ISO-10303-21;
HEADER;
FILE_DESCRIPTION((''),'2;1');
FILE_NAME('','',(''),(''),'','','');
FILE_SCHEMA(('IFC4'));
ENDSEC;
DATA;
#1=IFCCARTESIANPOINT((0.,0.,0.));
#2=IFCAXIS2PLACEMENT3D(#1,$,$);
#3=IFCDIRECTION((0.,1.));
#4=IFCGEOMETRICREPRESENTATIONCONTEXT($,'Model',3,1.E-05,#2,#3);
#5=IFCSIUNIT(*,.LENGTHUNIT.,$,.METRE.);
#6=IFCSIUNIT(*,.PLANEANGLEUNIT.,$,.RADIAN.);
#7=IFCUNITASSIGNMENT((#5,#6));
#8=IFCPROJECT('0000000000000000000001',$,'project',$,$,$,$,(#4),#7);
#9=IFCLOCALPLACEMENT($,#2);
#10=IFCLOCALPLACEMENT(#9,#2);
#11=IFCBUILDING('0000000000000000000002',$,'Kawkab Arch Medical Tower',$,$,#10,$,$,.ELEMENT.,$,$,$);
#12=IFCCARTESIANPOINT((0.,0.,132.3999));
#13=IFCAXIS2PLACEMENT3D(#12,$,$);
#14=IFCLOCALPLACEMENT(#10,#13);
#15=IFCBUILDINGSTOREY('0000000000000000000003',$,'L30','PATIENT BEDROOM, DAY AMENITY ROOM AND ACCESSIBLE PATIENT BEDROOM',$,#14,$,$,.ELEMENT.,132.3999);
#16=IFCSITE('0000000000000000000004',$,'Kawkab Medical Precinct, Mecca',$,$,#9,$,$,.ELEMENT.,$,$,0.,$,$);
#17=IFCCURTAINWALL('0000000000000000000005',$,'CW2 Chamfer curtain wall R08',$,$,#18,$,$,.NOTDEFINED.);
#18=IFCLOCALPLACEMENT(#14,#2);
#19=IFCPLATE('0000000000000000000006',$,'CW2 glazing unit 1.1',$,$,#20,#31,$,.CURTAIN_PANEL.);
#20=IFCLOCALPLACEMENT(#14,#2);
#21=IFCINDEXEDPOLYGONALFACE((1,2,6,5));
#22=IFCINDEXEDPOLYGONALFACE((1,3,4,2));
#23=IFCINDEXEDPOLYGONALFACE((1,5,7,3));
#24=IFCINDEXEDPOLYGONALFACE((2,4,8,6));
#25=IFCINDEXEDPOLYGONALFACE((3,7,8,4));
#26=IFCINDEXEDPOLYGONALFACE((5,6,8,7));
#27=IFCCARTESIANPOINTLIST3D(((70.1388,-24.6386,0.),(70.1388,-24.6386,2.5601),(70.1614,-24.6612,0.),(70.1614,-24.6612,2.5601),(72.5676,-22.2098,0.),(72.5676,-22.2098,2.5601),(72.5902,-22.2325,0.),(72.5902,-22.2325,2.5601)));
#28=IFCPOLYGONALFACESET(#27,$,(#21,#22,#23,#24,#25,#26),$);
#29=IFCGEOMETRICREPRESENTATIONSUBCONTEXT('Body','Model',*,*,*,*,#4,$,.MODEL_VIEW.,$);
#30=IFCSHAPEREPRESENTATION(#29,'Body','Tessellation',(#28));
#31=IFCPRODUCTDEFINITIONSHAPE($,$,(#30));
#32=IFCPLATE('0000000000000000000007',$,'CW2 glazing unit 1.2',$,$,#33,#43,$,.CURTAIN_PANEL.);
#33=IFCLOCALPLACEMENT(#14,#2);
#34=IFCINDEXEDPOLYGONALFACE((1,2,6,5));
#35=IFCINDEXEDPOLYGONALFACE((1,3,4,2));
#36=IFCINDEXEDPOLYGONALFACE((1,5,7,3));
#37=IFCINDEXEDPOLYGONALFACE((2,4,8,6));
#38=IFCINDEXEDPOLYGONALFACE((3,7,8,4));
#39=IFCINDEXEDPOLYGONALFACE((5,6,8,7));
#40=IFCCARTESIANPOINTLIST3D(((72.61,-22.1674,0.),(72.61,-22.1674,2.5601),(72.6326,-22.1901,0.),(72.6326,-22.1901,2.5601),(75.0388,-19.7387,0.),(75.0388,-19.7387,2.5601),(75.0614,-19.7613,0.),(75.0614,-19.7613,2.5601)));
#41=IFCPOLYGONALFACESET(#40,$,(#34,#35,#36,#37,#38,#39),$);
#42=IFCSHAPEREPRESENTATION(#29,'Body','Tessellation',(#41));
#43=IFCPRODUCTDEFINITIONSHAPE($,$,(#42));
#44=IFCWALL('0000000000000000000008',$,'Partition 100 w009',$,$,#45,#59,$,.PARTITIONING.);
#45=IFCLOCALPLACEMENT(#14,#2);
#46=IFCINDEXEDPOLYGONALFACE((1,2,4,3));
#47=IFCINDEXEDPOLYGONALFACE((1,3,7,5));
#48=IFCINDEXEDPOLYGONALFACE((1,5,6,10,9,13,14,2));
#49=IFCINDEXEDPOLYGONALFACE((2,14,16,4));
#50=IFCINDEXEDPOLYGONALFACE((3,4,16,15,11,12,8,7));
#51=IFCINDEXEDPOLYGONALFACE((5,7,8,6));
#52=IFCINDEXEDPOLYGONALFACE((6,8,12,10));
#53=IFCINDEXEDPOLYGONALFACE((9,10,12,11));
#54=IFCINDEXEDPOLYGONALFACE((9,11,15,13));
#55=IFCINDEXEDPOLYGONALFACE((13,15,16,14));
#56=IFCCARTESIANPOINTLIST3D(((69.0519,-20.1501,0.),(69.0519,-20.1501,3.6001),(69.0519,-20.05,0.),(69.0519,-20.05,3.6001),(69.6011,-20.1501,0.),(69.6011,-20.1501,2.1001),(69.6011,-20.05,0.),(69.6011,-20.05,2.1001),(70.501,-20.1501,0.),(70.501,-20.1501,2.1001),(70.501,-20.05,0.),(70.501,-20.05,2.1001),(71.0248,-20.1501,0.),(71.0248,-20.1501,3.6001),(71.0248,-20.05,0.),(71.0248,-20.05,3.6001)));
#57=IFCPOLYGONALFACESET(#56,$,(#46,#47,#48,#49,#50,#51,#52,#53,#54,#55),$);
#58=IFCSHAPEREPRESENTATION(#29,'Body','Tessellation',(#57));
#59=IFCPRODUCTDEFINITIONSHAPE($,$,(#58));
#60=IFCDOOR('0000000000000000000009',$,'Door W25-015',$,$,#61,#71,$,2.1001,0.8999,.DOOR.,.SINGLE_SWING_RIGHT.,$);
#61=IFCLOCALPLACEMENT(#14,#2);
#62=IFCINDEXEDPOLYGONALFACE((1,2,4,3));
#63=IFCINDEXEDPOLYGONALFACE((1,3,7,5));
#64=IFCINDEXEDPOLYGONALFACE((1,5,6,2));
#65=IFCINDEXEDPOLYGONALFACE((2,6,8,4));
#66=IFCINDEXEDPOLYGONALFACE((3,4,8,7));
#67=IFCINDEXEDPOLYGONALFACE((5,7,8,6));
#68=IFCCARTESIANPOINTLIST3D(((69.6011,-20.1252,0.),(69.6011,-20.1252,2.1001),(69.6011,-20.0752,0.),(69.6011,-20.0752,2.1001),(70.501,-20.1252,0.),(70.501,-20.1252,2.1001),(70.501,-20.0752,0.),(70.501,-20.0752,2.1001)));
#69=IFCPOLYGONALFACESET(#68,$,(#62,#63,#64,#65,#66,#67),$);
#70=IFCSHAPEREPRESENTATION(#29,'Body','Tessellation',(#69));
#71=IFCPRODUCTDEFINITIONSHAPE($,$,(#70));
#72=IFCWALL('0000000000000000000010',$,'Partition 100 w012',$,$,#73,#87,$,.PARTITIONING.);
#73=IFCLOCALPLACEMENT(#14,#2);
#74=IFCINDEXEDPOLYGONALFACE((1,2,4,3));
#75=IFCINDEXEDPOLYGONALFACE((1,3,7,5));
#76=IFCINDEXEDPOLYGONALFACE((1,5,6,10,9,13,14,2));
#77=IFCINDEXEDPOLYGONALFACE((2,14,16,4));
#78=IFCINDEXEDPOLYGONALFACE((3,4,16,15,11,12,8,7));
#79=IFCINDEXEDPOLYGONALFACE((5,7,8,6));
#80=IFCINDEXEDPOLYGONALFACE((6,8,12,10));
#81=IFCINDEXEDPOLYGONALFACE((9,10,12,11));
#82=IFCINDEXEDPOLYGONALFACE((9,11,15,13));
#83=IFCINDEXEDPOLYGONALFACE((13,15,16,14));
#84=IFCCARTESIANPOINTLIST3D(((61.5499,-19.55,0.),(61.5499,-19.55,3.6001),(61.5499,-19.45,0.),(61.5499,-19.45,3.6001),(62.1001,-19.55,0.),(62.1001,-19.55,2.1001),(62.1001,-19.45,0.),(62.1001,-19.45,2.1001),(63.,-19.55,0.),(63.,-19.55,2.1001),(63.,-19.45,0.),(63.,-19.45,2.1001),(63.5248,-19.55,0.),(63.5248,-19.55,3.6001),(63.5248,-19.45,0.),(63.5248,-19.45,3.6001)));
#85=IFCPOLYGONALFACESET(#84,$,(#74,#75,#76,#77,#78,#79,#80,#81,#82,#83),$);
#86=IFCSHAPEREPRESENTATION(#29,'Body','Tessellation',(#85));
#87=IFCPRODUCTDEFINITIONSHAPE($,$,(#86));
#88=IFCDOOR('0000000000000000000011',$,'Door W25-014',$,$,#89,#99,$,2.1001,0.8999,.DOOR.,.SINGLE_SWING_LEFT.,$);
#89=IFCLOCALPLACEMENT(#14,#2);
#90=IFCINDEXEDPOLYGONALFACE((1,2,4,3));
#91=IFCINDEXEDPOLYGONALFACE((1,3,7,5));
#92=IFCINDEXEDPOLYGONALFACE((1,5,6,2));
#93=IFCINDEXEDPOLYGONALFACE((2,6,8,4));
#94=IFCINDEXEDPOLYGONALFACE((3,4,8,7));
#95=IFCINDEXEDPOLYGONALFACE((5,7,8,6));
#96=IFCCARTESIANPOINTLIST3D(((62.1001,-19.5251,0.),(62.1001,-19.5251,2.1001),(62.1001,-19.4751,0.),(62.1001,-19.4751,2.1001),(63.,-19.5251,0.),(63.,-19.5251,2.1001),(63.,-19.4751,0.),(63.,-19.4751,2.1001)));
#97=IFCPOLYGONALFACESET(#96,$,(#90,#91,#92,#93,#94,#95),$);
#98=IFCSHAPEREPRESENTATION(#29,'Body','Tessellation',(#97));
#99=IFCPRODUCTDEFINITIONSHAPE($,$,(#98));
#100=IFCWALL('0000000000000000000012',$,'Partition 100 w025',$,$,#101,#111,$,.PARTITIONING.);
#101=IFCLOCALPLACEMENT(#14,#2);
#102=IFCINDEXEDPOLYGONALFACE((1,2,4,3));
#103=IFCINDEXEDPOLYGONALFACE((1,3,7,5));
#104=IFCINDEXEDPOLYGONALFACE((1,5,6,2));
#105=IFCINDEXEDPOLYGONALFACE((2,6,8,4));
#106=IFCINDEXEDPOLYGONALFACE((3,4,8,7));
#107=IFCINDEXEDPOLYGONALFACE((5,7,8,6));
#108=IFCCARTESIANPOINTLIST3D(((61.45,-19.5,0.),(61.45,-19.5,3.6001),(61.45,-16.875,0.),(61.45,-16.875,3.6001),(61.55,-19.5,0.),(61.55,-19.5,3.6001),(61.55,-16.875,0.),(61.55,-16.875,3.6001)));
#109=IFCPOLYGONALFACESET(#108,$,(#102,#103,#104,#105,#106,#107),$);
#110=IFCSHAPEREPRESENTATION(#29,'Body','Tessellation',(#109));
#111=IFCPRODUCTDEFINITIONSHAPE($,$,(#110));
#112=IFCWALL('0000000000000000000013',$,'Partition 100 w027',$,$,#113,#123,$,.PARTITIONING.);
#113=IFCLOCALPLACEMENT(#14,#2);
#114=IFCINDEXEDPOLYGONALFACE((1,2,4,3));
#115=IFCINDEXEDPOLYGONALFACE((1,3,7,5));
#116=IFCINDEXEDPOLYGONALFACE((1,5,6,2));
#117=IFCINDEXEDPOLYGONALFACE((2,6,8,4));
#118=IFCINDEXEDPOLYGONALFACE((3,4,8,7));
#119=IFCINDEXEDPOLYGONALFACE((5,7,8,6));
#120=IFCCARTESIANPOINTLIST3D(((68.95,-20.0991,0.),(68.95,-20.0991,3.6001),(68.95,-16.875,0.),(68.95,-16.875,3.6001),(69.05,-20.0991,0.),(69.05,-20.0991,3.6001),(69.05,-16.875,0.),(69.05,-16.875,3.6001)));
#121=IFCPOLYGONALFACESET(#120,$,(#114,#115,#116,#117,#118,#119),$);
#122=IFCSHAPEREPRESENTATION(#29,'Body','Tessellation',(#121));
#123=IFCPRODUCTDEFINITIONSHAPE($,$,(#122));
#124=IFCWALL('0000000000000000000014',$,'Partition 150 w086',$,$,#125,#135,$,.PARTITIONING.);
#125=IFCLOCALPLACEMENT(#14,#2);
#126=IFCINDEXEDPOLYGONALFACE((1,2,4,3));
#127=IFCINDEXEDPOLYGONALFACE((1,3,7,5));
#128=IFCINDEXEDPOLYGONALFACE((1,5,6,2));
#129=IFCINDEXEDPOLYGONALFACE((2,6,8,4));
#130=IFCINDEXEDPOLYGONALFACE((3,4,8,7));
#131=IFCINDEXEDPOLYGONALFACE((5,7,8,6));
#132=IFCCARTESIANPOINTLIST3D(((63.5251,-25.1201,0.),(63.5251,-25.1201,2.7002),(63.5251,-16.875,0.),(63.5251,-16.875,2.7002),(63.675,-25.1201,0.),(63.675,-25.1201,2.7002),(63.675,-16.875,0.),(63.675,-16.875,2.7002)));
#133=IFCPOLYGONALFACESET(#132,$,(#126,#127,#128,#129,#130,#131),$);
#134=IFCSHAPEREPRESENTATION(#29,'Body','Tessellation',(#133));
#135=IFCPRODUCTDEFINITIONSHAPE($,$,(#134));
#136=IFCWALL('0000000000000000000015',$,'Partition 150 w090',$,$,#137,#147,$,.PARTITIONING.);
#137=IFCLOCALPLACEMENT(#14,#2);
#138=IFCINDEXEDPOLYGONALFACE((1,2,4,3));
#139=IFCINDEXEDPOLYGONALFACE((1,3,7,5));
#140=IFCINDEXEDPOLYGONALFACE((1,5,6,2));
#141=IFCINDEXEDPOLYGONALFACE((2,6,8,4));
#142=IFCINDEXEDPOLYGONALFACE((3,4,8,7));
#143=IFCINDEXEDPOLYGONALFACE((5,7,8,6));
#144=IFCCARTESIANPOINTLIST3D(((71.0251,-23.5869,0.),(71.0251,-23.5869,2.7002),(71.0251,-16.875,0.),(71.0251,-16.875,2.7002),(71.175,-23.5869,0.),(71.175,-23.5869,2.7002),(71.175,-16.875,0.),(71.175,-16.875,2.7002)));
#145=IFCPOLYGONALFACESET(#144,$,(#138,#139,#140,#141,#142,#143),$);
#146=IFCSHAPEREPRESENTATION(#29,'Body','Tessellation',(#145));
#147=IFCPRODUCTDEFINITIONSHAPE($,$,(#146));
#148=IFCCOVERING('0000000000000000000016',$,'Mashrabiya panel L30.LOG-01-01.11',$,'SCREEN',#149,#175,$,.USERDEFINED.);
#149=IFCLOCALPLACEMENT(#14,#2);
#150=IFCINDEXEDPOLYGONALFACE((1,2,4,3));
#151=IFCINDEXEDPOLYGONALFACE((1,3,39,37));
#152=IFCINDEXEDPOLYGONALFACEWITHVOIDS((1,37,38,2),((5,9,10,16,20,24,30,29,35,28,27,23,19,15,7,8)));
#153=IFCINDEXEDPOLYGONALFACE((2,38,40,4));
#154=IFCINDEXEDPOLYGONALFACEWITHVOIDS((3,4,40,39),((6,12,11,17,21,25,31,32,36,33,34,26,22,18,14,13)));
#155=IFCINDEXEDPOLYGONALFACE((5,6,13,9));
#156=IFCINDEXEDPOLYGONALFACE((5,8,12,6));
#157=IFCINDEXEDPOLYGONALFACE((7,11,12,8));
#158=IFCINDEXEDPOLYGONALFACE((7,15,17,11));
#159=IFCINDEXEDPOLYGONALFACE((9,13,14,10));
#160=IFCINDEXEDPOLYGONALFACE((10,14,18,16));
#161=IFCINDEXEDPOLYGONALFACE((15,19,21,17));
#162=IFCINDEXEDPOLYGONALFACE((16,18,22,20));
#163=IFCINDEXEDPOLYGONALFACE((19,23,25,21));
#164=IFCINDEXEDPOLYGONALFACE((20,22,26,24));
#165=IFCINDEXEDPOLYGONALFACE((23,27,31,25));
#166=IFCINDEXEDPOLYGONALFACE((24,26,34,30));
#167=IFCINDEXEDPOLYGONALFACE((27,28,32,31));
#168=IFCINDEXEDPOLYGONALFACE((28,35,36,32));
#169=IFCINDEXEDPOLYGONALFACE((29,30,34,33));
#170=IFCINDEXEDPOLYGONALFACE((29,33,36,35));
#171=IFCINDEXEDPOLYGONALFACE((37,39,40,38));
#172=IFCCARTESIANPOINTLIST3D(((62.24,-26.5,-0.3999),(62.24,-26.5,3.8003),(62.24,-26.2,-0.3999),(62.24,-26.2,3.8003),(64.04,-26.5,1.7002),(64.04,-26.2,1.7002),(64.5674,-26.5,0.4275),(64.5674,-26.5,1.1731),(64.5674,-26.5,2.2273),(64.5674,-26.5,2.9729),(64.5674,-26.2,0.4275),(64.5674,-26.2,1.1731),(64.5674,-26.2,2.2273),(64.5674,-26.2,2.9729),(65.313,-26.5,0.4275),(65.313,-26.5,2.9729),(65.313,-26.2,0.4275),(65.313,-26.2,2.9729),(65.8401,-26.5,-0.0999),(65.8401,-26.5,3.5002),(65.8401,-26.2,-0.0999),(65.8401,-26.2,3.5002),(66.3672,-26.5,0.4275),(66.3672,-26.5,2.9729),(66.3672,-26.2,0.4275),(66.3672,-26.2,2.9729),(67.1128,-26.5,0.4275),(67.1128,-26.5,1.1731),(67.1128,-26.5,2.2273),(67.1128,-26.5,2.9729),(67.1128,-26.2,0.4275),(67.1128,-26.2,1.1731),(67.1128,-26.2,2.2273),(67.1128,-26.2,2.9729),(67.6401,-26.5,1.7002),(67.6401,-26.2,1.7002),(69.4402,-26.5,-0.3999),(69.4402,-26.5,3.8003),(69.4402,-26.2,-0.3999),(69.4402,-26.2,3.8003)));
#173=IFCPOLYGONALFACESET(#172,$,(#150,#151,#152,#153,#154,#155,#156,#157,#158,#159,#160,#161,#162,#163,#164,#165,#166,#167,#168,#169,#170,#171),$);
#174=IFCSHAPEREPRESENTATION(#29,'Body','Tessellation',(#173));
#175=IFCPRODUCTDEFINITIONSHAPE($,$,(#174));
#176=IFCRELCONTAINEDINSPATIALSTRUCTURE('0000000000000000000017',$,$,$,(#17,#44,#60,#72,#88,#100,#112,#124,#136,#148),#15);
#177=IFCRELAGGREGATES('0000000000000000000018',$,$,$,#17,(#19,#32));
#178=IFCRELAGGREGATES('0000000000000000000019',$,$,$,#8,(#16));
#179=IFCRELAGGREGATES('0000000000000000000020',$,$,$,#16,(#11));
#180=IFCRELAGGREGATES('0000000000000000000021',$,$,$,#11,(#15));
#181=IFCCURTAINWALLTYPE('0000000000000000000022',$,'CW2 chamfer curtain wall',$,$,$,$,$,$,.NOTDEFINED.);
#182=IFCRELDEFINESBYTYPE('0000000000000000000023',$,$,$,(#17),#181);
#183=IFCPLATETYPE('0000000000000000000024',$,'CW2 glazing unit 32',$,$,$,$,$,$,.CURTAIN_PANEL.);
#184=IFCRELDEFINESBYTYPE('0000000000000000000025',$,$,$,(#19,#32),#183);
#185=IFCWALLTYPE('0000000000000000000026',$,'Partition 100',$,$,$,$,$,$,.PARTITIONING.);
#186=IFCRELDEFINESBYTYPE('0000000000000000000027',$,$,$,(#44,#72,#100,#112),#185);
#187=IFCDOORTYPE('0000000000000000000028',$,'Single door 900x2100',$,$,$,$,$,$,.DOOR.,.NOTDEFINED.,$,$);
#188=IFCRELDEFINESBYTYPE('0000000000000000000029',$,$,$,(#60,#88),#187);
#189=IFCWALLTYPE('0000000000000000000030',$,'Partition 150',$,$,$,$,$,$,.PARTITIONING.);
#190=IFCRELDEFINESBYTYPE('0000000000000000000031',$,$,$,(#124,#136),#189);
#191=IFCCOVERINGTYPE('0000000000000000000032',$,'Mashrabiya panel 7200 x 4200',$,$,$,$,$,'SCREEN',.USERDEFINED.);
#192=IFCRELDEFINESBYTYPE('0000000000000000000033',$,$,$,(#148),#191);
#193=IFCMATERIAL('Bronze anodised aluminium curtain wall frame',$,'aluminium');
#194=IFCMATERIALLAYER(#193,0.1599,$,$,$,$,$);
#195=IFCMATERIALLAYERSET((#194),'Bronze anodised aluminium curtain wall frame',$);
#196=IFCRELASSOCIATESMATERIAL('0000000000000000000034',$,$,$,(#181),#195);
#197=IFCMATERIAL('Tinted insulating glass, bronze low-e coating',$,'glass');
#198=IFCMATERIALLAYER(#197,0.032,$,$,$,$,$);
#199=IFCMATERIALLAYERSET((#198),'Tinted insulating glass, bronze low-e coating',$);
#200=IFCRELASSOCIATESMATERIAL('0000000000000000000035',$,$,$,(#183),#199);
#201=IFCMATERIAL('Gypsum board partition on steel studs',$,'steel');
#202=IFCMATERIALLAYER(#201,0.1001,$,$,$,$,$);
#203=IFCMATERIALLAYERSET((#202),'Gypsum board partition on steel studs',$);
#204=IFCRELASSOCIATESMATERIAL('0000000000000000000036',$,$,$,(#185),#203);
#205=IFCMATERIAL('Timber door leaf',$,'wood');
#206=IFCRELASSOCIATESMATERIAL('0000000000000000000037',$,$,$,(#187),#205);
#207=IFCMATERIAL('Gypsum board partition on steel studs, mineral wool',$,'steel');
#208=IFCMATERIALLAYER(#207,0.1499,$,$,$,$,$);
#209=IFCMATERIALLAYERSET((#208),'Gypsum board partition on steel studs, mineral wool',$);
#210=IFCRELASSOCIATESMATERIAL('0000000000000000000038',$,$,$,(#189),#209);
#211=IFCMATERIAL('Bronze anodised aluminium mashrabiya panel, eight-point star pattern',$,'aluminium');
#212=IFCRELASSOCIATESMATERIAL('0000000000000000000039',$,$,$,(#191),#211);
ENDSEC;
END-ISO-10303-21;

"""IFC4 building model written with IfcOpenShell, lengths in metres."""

from ifc_helpers import new_model, si_unit, direction, frame, frame_2d, origin, origin_2d, place, context, subcontext, project, spatial, polyline, rectangle, outline, extrude, material, layer, layer_set, material_profile, profile_set, type_object, element, fill, aggregate, save


model = new_model("IFC4")

# Units and contexts
model_context = context("Model", 3, precision=1e-05, world=origin(), true_north=direction((0.0, 1.0)))
body_context = subcontext(model_context, "Body", "Model", "MODEL_VIEW")
ifc_project = project(units=[si_unit("LENGTHUNIT", "METRE"), si_unit("PLANEANGLEUNIT", "RADIAN")], contexts=[model_context])

# Site, building, storey
site_placement = place(None, origin())
site = spatial("IfcSite", under=ifc_project, at=site_placement, Name="Kawkab Medical Precinct, Mecca", CompositionType="ELEMENT", RefElevation=0.0)
building_placement = place(site_placement, origin())
building = spatial("IfcBuilding", under=site, at=building_placement, Name="Kawkab Arch Medical Tower", CompositionType="ELEMENT")
storey_placement = place(building_placement, frame((0.0, 0.0, 132.3999)))
storey = spatial("IfcBuildingStorey", under=building, at=storey_placement, Name="L30", Description="PATIENT BEDROOM, DAY AMENITY ROOM AND ACCESSIBLE PATIENT BEDROOM", CompositionType="ELEMENT", Elevation=132.3999)

# Shared definitions
placement = place(storey_placement, origin())

# Curtain wall
ifc_material_1 = material(Name="Bronze anodised aluminium curtain wall frame", Category="aluminium")
ifc_layer_1 = layer(ifc_material_1, 0.1599)
ifc_layer_set_1 = layer_set([ifc_layer_1], Name="Bronze anodised aluminium curtain wall frame")
curtain_wall_type_1 = type_object("IfcCurtainWallType", Name="CW2 chamfer curtain wall", PredefinedType="NOTDEFINED", material=ifc_layer_set_1)
curtain_wall_1 = element("IfcCurtainWall", 1, at=placement, inside=storey, type_object=curtain_wall_type_1, Name="CW2 Chamfer curtain wall R08", PredefinedType="NOTDEFINED")

# Plates
ifc_material_2 = material(Name="Tinted insulating glass, bronze low-e coating", Category="glass")
ifc_layer_2 = layer(ifc_material_2, 0.032)
ifc_layer_set_2 = layer_set([ifc_layer_2], Name="Tinted insulating glass, bronze low-e coating")
plate_type_1 = type_object("IfcPlateType", Name="CW2 glazing unit 32", PredefinedType="CURTAIN_PANEL", material=ifc_layer_set_2)
plate_1_placement = place(storey_placement, frame((71.3645, -23.4355, 0.0), z_axis=(0.0, 0.0, 1.0), x_axis=(0.707107, 0.707107, 0.0)))
plate_1 = element("IfcPlate", 2, at=plate_1_placement, type_object=plate_type_1, Name="CW2 glazing unit 1.1", PredefinedType="CURTAIN_PANEL", context=body_context, shape_type="SweptSolid", body=[
    extrude(rectangle(XDim=3.4348, YDim=0.032, at=origin_2d()), origin(), (0.0, 0.0, 1.0), 2.5601),
])
plate_2_placement = place(storey_placement, frame((73.8357, -20.9644, 0.0), z_axis=(0.0, 0.0, 1.0), x_axis=(0.707107, 0.707107, 0.0)))
plate_2 = element("IfcPlate", 3, at=plate_2_placement, type_object=plate_type_1, Name="CW2 glazing unit 1.2", PredefinedType="CURTAIN_PANEL", context=body_context, shape_type="SweptSolid", body=[
    extrude(rectangle(XDim=3.4348, YDim=0.032, at=origin_2d()), origin(), (0.0, 0.0, 1.0), 2.5601),
])
aggregate(curtain_wall_1, [plate_1, plate_2])

# Walls, openings, doors
ifc_material_3 = material(Name="Gypsum board partition on steel studs", Category="steel")
ifc_layer_3 = layer(ifc_material_3, 0.1001)
ifc_layer_set_3 = layer_set([ifc_layer_3], Name="Gypsum board partition on steel studs")
wall_type_1 = type_object("IfcWallType", Name="Partition 100", PredefinedType="PARTITIONING", material=ifc_layer_set_3)
wall_1_placement = place(storey_placement, frame((69.052, -20.1001, 0.0), z_axis=(0.0, 0.0, 1.0), x_axis=(1.0, 0.0, 0.0)))
wall_1 = element("IfcWall", 4, at=wall_1_placement, inside=storey, type_object=wall_type_1, Name="Partition 100 w009", PredefinedType="PARTITIONING", context=body_context, shape_type="SweptSolid", body=[
    extrude(rectangle(XDim=1.9729, YDim=0.1001, at=frame_2d((0.9863, 0.0))), origin(), (0.0, 0.0, 1.0), 3.6001),
])
opening_1_placement = place(wall_1_placement, frame((0.5491, 0.0, 0.0)))
opening_1 = element("IfcOpeningElement", 5, at=opening_1_placement, cuts=wall_1, PredefinedType="OPENING", context=body_context, shape_type="SweptSolid", body=[
    extrude(rectangle(XDim=0.8999, YDim=2.1001, at=frame_2d((0.45, 1.05))), frame((0.0, 0.0601, 0.0), z_axis=(0.0, -1.0, 0.0), x_axis=(1.0, 0.0, 0.0)), (0.0, 0.0, 1.0), 0.1201),
])
ifc_material_4 = material(Name="Timber door leaf", Category="wood")
door_type = type_object("IfcDoorType", Name="Single door 900x2100", OperationType="NOTDEFINED", PredefinedType="DOOR", material=ifc_material_4)
door_1_placement = place(opening_1_placement, origin())
door_1 = element("IfcDoor", 6, at=door_1_placement, inside=storey, type_object=door_type, Name="Door W25-015", OperationType="SINGLE_SWING_RIGHT", OverallHeight=2.1001, OverallWidth=0.8999, PredefinedType="DOOR", context=body_context, shape_type="SweptSolid", body=[
    extrude(rectangle(XDim=0.8999, YDim=2.1001, at=frame_2d((0.45, 1.05))), frame((0.0, 0.0249, 0.0), z_axis=(0.0, -1.0, 0.0), x_axis=(1.0, 0.0, 0.0)), (0.0, 0.0, 1.0), 0.05),
])
fill(opening_1, door_1)
wall_2_placement = place(storey_placement, frame((61.55, -19.5, 0.0), z_axis=(0.0, 0.0, 1.0), x_axis=(1.0, 0.0, 0.0)))
wall_2 = element("IfcWall", 7, at=wall_2_placement, inside=storey, type_object=wall_type_1, Name="Partition 100 w012", PredefinedType="PARTITIONING", context=body_context, shape_type="SweptSolid", body=[
    extrude(rectangle(XDim=1.9749, YDim=0.1001, at=frame_2d((0.9873, 0.0))), origin(), (0.0, 0.0, 1.0), 3.6001),
])
opening_2_placement = place(wall_2_placement, frame((0.55, 0.0, 0.0)))
opening_2 = element("IfcOpeningElement", 8, at=opening_2_placement, cuts=wall_2, PredefinedType="OPENING", context=body_context, shape_type="SweptSolid", body=[
    extrude(rectangle(XDim=0.8999, YDim=2.1001, at=frame_2d((0.45, 1.05))), frame((0.0, 0.0601, 0.0), z_axis=(0.0, -1.0, 0.0), x_axis=(1.0, 0.0, 0.0)), (0.0, 0.0, 1.0), 0.1201),
])
door_2_placement = place(opening_2_placement, origin())
door_2 = element("IfcDoor", 9, at=door_2_placement, inside=storey, type_object=door_type, Name="Door W25-014", OperationType="SINGLE_SWING_LEFT", OverallHeight=2.1001, OverallWidth=0.8999, PredefinedType="DOOR", context=body_context, shape_type="SweptSolid", body=[
    extrude(rectangle(XDim=0.8999, YDim=2.1001, at=frame_2d((0.45, 1.05))), frame((0.0, 0.0249, 0.0), z_axis=(0.0, -1.0, 0.0), x_axis=(1.0, 0.0, 0.0)), (0.0, 0.0, 1.0), 0.05),
])
fill(opening_2, door_2)

# Walls
wall_3_placement = place(storey_placement, frame((61.5, -19.5, 0.0), z_axis=(0.0, 0.0, 1.0), x_axis=(0.0, 1.0, 0.0)))
element("IfcWall", 10, at=wall_3_placement, inside=storey, type_object=wall_type_1, Name="Partition 100 w025", PredefinedType="PARTITIONING", context=body_context, shape_type="SweptSolid", body=[
    extrude(rectangle(XDim=2.625, YDim=0.1001, at=frame_2d((1.3125, 0.0))), origin(), (0.0, 0.0, 1.0), 3.6001),
])
wall_4_placement = place(storey_placement, frame((69.0, -20.0991, 0.0), z_axis=(0.0, 0.0, 1.0), x_axis=(0.0, 1.0, 0.0)))
element("IfcWall", 11, at=wall_4_placement, inside=storey, type_object=wall_type_1, Name="Partition 100 w027", PredefinedType="PARTITIONING", context=body_context, shape_type="SweptSolid", body=[
    extrude(rectangle(XDim=3.2241, YDim=0.1001, at=frame_2d((1.6121, 0.0))), origin(), (0.0, 0.0, 1.0), 3.6001),
])
ifc_material_5 = material(Name="Gypsum board partition on steel studs, mineral wool", Category="steel")
ifc_layer_4 = layer(ifc_material_5, 0.1499)
ifc_layer_set_4 = layer_set([ifc_layer_4], Name="Gypsum board partition on steel studs, mineral wool")
wall_type_2 = type_object("IfcWallType", Name="Partition 150", PredefinedType="PARTITIONING", material=ifc_layer_set_4)
wall_5_placement = place(storey_placement, frame((63.6001, -25.1201, 0.0), z_axis=(0.0, 0.0, 1.0), x_axis=(0.0, 1.0, 0.0)))
element("IfcWall", 12, at=wall_5_placement, inside=storey, type_object=wall_type_2, Name="Partition 150 w086", PredefinedType="PARTITIONING", context=body_context, shape_type="SweptSolid", body=[
    extrude(rectangle(XDim=8.2451, YDim=0.1499, at=frame_2d((4.1226, 0.0))), origin(), (0.0, 0.0, 1.0), 2.7002),
])
wall_6_placement = place(storey_placement, frame((71.1001, -23.5869, 0.0), z_axis=(0.0, 0.0, 1.0), x_axis=(0.0, 1.0, 0.0)))
element("IfcWall", 13, at=wall_6_placement, inside=storey, type_object=wall_type_2, Name="Partition 150 w090", PredefinedType="PARTITIONING", context=body_context, shape_type="SweptSolid", body=[
    extrude(rectangle(XDim=6.7119, YDim=0.1499, at=frame_2d((3.356, 0.0))), origin(), (0.0, 0.0, 1.0), 2.7002),
])

# Covering
ifc_material_6 = material(Name="Bronze anodised aluminium mashrabiya panel, eight-point star pattern", Category="aluminium")
ifc_material_profile_1 = material_profile(ifc_material_6, outline(polyline([(-3.6001, -2.1001), (3.6001, -2.1001), (3.6001, 2.1001), (-3.6001, 2.1001), (-3.6001, -2.1001)]), holes=[polyline([(1.8, 0.0), (1.2727, 0.5271), (1.2727, 1.2727), (0.5271, 1.2727), (0.0, 1.8), (-0.5271, 1.2727), (-1.2727, 1.2727), (-1.2727, 0.5271), (-1.8, 0.0), (-1.2727, -0.5271), (-1.2727, -1.2727), (-0.5271, -1.2727), (0.0, -1.8), (0.5271, -1.2727), (1.2727, -1.2727), (1.2727, -0.5271), (1.8, 0.0)])]), Name="Mashrabiya panel 7200x4200")
ifc_profile_set_1 = profile_set([ifc_material_profile_1], Name="Bronze anodised aluminium mashrabiya panel, eight-point star pattern")
covering_type_1 = type_object("IfcCoveringType", Name="Mashrabiya panel 7200 x 4200", ElementType="SCREEN", PredefinedType="USERDEFINED", material=ifc_profile_set_1)
covering_1_placement = place(storey_placement, frame((65.8401, -26.2, 1.7002), z_axis=(0.0, -1.0, 0.0), x_axis=(1.0, 0.0, 0.0)))
element("IfcCovering", 14, at=covering_1_placement, inside=storey, type_object=covering_type_1, Name="Mashrabiya panel L30.LOG-01-01.11", ObjectType="SCREEN", PredefinedType="USERDEFINED", context=body_context, shape_type="SweptSolid", body=[
    extrude(outline(polyline([(-3.6001, -2.1001), (3.6001, -2.1001), (3.6001, 2.1001), (-3.6001, 2.1001), (-3.6001, -2.1001)]), holes=[polyline([(1.8, 0.0), (1.2727, 0.5271), (1.2727, 1.2727), (0.5271, 1.2727), (0.0, 1.8), (-0.5271, 1.2727), (-1.2727, 1.2727), (-1.2727, 0.5271), (-1.8, 0.0), (-1.2727, -0.5271), (-1.2727, -1.2727), (-0.5271, -1.2727), (0.0, -1.8), (0.5271, -1.2727), (1.2727, -1.2727), (1.2727, -0.5271), (1.8, 0.0)])]), origin(), (0.0, 0.0, 1.0), 0.3),
])

save(model, "model.ifc")
